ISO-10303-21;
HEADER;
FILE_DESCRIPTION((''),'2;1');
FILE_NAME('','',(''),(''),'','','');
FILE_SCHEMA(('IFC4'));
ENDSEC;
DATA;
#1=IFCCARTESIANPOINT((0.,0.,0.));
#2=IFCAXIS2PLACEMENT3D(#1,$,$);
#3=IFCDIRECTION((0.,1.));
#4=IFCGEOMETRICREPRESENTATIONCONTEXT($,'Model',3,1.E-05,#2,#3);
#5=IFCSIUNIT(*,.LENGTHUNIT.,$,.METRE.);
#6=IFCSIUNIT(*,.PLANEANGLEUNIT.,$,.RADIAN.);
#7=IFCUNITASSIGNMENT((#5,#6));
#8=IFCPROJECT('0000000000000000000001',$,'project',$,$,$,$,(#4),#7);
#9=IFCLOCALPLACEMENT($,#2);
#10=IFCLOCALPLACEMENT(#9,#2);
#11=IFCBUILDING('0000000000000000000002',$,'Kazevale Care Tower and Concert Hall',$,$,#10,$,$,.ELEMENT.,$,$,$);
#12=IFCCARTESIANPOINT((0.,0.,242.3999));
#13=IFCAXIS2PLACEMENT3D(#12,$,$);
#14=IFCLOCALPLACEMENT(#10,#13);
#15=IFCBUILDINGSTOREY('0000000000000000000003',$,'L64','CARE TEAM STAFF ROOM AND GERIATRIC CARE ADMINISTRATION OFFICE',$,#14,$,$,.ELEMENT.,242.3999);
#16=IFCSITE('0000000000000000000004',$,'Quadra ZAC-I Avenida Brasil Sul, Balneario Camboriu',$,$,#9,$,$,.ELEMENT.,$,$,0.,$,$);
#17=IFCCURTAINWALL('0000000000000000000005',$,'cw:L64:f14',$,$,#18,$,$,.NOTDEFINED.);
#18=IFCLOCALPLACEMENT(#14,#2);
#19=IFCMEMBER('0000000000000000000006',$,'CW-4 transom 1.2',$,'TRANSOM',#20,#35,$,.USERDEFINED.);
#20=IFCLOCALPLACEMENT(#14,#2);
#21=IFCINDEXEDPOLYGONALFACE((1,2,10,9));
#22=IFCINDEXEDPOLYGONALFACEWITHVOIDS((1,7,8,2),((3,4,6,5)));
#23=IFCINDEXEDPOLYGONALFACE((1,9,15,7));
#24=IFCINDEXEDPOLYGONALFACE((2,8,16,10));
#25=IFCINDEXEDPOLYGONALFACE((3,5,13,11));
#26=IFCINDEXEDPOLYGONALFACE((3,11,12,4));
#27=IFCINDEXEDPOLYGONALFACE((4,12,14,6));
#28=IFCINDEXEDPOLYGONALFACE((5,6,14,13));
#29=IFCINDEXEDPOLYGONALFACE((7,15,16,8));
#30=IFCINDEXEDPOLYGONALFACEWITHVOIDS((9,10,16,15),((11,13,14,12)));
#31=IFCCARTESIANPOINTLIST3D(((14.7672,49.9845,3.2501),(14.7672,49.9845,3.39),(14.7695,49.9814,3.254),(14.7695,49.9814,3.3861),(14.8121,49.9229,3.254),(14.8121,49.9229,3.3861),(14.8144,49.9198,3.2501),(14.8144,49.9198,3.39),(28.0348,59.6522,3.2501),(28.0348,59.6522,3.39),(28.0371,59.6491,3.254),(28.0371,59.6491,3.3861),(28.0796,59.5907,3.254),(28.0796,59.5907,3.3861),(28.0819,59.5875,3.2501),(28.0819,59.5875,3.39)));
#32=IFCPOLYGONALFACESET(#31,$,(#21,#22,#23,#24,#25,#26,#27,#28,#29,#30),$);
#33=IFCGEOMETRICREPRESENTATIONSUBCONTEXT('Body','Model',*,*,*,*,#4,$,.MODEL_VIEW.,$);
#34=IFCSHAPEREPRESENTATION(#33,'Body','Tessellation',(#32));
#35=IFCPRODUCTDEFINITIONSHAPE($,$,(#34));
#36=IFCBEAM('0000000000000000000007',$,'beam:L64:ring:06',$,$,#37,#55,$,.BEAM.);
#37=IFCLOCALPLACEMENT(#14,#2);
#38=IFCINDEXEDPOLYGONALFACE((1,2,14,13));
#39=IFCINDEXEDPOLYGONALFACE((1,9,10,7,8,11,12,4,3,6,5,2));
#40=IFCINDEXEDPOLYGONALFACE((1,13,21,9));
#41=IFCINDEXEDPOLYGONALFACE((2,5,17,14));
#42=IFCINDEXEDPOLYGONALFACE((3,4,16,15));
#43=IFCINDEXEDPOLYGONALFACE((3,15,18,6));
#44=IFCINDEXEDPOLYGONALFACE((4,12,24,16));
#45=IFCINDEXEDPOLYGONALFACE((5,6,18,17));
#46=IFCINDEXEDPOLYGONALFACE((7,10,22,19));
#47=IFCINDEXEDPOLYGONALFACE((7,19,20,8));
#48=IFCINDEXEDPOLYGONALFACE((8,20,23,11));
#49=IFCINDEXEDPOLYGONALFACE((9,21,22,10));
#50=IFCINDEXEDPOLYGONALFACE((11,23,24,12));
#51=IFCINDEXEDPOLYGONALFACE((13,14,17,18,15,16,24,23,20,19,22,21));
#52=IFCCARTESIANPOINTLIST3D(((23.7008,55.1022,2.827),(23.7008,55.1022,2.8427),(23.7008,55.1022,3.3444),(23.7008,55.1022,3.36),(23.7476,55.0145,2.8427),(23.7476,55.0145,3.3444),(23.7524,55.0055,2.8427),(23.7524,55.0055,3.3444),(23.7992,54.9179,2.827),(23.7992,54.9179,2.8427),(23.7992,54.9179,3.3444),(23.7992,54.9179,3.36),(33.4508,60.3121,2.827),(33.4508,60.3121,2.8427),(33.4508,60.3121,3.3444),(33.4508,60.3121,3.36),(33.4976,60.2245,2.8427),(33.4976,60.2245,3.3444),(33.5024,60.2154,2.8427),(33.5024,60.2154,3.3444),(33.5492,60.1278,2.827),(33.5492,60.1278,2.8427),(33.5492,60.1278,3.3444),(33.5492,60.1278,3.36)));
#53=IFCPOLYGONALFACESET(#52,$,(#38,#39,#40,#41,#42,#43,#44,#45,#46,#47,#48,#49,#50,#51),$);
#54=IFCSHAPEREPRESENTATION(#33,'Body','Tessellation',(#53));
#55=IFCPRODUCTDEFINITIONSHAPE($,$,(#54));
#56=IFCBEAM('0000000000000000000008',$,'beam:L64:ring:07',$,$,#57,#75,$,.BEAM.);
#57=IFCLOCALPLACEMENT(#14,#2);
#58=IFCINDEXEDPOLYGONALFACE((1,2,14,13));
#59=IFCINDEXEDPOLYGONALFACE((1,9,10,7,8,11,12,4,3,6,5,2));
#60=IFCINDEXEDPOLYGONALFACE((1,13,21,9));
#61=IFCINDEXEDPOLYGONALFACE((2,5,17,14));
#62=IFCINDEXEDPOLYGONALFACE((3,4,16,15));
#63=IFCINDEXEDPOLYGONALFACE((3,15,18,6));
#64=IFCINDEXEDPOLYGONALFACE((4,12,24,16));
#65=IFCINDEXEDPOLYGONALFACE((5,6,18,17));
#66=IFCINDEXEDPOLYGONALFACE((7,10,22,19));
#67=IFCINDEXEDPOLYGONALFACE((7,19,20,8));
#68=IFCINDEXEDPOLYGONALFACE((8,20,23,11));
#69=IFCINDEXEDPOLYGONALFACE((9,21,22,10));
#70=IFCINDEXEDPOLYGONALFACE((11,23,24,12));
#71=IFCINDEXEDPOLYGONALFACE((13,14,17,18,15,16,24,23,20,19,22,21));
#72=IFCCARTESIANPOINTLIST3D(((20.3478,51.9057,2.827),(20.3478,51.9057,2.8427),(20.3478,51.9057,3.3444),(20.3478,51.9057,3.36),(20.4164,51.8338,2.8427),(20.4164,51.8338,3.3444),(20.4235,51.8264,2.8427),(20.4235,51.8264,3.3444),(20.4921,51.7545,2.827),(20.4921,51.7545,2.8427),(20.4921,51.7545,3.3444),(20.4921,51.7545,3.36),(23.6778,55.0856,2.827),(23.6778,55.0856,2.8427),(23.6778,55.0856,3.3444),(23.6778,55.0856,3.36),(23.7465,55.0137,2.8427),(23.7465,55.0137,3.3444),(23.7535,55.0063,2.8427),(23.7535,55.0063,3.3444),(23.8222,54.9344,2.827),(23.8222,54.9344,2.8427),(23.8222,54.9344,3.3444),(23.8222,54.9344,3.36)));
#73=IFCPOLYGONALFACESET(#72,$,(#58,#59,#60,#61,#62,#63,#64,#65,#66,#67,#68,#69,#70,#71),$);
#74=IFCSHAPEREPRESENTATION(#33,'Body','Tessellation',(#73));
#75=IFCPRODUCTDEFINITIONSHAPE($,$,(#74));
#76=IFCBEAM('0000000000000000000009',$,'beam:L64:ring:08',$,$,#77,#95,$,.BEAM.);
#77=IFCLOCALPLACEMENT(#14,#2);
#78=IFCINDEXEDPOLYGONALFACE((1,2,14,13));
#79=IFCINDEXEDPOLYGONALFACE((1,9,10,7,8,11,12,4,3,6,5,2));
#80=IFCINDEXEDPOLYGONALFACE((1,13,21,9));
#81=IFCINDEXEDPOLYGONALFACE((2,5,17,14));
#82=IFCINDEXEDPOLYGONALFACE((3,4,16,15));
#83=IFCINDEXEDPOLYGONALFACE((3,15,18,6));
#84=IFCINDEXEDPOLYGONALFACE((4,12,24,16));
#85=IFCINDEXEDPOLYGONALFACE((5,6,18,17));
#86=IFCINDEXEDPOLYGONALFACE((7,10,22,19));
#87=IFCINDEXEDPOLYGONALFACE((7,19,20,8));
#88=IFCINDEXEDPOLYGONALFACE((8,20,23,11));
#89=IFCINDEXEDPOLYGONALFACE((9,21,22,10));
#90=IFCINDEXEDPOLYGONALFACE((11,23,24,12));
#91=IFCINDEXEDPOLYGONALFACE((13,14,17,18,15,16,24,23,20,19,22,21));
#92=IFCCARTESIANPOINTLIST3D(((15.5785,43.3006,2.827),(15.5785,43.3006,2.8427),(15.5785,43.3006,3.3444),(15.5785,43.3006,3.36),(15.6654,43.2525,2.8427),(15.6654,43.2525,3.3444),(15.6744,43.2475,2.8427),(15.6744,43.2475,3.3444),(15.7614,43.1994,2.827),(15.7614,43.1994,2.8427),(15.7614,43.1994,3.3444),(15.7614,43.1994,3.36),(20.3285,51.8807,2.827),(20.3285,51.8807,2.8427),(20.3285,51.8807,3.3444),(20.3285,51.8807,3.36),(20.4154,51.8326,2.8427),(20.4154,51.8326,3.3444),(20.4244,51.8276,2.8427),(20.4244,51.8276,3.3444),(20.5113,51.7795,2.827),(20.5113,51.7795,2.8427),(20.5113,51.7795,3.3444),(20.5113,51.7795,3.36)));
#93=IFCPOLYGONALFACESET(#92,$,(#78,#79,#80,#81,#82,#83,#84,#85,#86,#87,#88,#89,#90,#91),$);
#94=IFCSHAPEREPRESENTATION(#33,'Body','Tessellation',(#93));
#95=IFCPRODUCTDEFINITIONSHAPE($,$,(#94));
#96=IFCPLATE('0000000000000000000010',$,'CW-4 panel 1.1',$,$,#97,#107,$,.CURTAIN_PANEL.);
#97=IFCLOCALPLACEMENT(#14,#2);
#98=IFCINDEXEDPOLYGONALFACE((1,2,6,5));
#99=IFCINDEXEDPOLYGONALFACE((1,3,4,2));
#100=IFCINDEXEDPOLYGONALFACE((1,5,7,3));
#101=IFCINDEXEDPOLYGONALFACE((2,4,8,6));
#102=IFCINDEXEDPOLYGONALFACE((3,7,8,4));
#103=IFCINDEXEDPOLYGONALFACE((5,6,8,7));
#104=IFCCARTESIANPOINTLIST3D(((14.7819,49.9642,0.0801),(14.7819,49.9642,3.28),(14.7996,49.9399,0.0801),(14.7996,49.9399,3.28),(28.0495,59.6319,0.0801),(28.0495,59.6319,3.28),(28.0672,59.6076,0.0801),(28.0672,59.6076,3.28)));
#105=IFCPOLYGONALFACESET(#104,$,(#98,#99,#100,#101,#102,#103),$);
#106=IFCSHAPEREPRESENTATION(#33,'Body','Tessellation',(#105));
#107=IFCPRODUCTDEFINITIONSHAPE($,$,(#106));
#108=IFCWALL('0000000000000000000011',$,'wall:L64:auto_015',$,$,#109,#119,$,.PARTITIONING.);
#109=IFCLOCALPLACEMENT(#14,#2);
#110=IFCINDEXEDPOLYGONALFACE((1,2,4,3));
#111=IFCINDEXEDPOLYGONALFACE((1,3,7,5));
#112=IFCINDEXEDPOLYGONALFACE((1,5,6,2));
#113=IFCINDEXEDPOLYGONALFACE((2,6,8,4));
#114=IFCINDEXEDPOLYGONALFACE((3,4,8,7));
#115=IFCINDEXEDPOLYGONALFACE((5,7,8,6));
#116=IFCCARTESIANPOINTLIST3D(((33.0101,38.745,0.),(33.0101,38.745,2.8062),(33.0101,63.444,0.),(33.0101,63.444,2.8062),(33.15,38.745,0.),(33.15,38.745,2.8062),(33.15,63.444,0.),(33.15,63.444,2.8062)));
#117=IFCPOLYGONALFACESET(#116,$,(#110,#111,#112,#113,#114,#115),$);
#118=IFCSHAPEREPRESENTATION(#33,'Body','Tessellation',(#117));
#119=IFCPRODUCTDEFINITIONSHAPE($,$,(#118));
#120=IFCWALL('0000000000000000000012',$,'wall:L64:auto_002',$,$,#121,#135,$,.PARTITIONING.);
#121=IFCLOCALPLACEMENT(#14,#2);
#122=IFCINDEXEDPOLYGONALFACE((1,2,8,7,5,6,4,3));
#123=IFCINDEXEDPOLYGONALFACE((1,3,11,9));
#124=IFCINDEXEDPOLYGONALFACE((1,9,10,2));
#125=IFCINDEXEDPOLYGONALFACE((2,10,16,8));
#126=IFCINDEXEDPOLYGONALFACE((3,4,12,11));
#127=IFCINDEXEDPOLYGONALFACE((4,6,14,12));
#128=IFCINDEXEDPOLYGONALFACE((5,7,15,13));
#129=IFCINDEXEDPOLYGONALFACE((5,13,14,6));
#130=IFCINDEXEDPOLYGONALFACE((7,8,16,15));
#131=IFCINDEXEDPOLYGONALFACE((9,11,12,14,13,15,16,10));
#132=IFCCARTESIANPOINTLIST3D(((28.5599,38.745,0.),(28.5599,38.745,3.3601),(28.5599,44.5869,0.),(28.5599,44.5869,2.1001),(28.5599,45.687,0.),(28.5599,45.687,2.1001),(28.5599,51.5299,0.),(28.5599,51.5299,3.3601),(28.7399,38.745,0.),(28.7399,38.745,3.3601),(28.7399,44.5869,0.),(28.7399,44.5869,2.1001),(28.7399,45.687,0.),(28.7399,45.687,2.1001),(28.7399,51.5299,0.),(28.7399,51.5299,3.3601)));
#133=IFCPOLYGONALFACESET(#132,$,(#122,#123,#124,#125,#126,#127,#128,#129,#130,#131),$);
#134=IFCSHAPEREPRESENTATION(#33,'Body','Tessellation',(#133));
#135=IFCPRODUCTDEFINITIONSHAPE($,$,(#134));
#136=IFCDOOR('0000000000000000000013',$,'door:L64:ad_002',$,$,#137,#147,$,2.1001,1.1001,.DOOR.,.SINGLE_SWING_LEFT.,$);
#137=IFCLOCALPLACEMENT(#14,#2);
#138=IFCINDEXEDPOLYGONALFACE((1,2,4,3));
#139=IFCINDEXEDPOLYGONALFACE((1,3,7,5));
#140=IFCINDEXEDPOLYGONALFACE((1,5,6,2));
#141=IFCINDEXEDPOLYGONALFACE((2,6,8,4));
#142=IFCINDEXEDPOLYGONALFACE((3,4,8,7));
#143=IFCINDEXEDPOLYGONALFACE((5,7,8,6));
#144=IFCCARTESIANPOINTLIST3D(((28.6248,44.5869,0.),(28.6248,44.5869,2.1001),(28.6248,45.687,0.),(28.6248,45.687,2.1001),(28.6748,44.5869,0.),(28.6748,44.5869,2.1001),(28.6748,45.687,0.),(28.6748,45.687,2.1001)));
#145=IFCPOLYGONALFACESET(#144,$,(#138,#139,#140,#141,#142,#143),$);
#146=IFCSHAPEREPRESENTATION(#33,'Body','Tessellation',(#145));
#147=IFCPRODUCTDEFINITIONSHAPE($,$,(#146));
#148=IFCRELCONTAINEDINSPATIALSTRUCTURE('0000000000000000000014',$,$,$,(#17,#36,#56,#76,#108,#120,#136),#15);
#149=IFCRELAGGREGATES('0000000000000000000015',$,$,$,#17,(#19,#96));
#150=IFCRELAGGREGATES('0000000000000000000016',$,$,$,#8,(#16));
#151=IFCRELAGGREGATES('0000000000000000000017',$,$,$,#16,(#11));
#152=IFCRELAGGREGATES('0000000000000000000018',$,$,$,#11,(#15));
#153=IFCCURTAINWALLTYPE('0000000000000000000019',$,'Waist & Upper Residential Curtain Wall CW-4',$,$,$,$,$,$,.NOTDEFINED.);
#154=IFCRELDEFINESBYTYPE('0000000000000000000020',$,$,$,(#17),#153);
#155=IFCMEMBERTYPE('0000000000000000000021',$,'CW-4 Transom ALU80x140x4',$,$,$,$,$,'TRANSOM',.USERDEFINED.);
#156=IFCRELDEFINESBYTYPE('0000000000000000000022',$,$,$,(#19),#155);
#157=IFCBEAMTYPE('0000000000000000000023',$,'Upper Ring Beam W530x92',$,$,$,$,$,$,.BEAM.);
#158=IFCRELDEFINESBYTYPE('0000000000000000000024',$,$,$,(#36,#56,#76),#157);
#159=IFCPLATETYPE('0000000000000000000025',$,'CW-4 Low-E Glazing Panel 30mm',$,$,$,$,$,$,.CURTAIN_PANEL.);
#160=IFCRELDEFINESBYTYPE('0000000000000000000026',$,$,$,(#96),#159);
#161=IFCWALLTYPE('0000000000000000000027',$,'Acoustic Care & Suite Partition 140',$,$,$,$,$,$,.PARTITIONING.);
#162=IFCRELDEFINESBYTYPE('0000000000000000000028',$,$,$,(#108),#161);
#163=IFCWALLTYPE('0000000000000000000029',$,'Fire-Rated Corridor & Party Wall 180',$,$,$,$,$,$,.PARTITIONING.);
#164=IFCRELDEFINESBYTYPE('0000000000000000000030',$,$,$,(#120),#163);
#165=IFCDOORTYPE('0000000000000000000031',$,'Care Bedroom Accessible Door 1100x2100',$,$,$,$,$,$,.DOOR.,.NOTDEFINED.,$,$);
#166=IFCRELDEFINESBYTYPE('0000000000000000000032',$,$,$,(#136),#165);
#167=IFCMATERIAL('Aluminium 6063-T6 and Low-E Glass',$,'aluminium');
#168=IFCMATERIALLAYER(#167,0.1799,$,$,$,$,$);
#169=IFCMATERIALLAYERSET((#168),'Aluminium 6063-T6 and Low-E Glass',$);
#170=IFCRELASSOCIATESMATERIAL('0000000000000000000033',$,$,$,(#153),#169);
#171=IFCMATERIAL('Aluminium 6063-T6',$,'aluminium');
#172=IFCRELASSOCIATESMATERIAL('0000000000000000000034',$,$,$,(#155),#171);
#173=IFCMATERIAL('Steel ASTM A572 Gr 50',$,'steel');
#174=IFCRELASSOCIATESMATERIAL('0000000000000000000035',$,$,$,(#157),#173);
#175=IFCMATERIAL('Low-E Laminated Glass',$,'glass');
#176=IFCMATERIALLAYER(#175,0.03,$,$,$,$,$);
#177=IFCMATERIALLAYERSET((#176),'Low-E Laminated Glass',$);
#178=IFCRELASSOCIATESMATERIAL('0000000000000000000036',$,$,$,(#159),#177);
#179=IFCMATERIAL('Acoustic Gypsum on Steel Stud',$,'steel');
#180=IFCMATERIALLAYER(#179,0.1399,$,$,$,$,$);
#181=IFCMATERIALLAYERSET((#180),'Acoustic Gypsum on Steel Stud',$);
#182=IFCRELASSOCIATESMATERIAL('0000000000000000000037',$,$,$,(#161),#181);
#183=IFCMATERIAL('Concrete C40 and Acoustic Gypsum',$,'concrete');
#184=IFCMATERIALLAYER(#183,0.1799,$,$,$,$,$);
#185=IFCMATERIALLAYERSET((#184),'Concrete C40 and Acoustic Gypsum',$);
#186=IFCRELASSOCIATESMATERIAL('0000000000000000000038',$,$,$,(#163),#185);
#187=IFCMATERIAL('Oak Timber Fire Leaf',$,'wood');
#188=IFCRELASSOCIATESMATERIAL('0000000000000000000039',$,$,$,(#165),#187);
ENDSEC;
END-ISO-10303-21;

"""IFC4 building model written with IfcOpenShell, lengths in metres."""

from ifc_helpers import new_model, si_unit, direction, frame, frame_2d, origin, origin_2d, place, context, subcontext, project, spatial, rectangle, hollow_rectangle, i_section, extrude, material, layer, layer_set, material_profile, profile_set, type_object, element, fill, aggregate, save


model = new_model("IFC4")

# Units and contexts
model_context = context("Model", 3, precision=1e-05, world=origin(), true_north=direction((0.0, 1.0)))
body_context = subcontext(model_context, "Body", "Model", "MODEL_VIEW")
ifc_project = project(units=[si_unit("LENGTHUNIT", "METRE"), si_unit("PLANEANGLEUNIT", "RADIAN")], contexts=[model_context])

# Site, building, storey
site_placement = place(None, origin())
site = spatial("IfcSite", under=ifc_project, at=site_placement, Name="Quadra ZAC-I Avenida Brasil Sul, Balneario Camboriu", CompositionType="ELEMENT", RefElevation=0.0)
building_placement = place(site_placement, origin())
building = spatial("IfcBuilding", under=site, at=building_placement, Name="Kazevale Care Tower and Concert Hall", CompositionType="ELEMENT")
storey_placement = place(building_placement, frame((0.0, 0.0, 242.3999)))
storey = spatial("IfcBuildingStorey", under=building, at=storey_placement, Name="L64", Description="CARE TEAM STAFF ROOM AND GERIATRIC CARE ADMINISTRATION OFFICE", CompositionType="ELEMENT", Elevation=242.3999)

# Curtain wall, member
ifc_material_1 = material(Name="Aluminium 6063-T6 and Low-E Glass", Category="aluminium")
ifc_layer_1 = layer(ifc_material_1, 0.1799)
ifc_layer_set_1 = layer_set([ifc_layer_1], Name="Aluminium 6063-T6 and Low-E Glass")
curtain_wall_type = type_object("IfcCurtainWallType", Name="Waist & Upper Residential Curtain Wall CW-4", PredefinedType="NOTDEFINED", material=ifc_layer_set_1)
curtain_wall_placement = place(storey_placement, origin())
curtain_wall = element("IfcCurtainWall", 1, at=curtain_wall_placement, inside=storey, type_object=curtain_wall_type, Name="cw:L64:f14", PredefinedType="NOTDEFINED")
ifc_material_2 = material(Name="Aluminium 6063-T6", Category="aluminium")
ifc_material_profile_1 = material_profile(ifc_material_2, hollow_rectangle(XDim=0.0801, YDim=0.1399, WallThickness=0.0039, at=origin_2d()), Name="ALU80x140x4")
ifc_profile_set_1 = profile_set([ifc_material_profile_1], Name="Aluminium 6063-T6")
member_type_1 = type_object("IfcMemberType", Name="CW-4 Transom ALU80x140x4", ElementType="TRANSOM", PredefinedType="USERDEFINED", material=ifc_profile_set_1)
member_1_placement = place(storey_placement, frame((14.7908, 49.9521, 3.3201), z_axis=(0.808197, 0.588912, 0.0), x_axis=(-0.588912, 0.808197, 0.0)))
member_1 = element("IfcMember", 2, at=member_1_placement, type_object=member_type_1, Name="CW-4 transom 1.2", ObjectType="TRANSOM", PredefinedType="USERDEFINED", context=body_context, shape_type="SweptSolid", body=[
    extrude(hollow_rectangle(XDim=0.0801, YDim=0.1399, WallThickness=0.0039, at=origin_2d()), origin(), (0.0, 0.0, 1.0), 16.4163),
])

# Beams
ifc_material_3 = material(Name="Steel ASTM A572 Gr 50", Category="steel")
ifc_material_profile_2 = material_profile(ifc_material_3, i_section(OverallWidth=0.209, OverallDepth=0.533, WebThickness=0.0103, FlangeThickness=0.0156, at=origin_2d()), Name="W530x92")
ifc_profile_set_2 = profile_set([ifc_material_profile_2], Name="Steel ASTM A572 Gr 50")
beam_type = type_object("IfcBeamType", Name="Upper Ring Beam W530x92", PredefinedType="BEAM", material=ifc_profile_set_2)
beam_1_placement = place(storey_placement, frame((33.5, 60.22, 3.0935), z_axis=(-0.881979, -0.47129, 0.0), x_axis=(0.47129, -0.881979, 0.0)))
element("IfcBeam", 3, at=beam_1_placement, inside=storey, type_object=beam_type, Name="beam:L64:ring:06", PredefinedType="BEAM", context=body_context, shape_type="SweptSolid", body=[
    extrude(i_section(OverallWidth=0.209, OverallDepth=0.533, WebThickness=0.0103, FlangeThickness=0.0156, at=origin_2d()), origin(), (0.0, 0.0, 1.0), 11.0547),
])
beam_2_placement = place(storey_placement, frame((23.75, 55.01, 3.0935), z_axis=(-0.723223, -0.690614, 0.0), x_axis=(0.690614, -0.723223, 0.0)))
element("IfcBeam", 4, at=beam_2_placement, inside=storey, type_object=beam_type, Name="beam:L64:ring:07", PredefinedType="BEAM", context=body_context, shape_type="SweptSolid", body=[
    extrude(i_section(OverallWidth=0.209, OverallDepth=0.533, WebThickness=0.0103, FlangeThickness=0.0156, at=origin_2d()), origin(), (0.0, 0.0, 1.0), 4.6045),
])
beam_3_placement = place(storey_placement, frame((20.4199, 51.8301, 3.0935), z_axis=(-0.48434, -0.87488, 0.0), x_axis=(0.87488, -0.48434, 0.0)))
element("IfcBeam", 5, at=beam_3_placement, inside=storey, type_object=beam_type, Name="beam:L64:ring:08", PredefinedType="BEAM", context=body_context, shape_type="SweptSolid", body=[
    extrude(i_section(OverallWidth=0.209, OverallDepth=0.533, WebThickness=0.0103, FlangeThickness=0.0156, at=origin_2d()), origin(), (0.0, 0.0, 1.0), 9.8071),
])

# Plate
ifc_material_4 = material(Name="Low-E Laminated Glass", Category="glass")
ifc_layer_2 = layer(ifc_material_4, 0.03)
ifc_layer_set_2 = layer_set([ifc_layer_2], Name="Low-E Laminated Glass")
plate_type = type_object("IfcPlateType", Name="CW-4 Low-E Glazing Panel 30mm", PredefinedType="CURTAIN_PANEL", material=ifc_layer_set_2)
plate_placement = place(storey_placement, frame((21.4246, 54.7859, 0.0801), z_axis=(0.0, 0.0, 1.0), x_axis=(0.808198, 0.58891, 0.0)))
plate = element("IfcPlate", 6, at=plate_placement, type_object=plate_type, Name="CW-4 panel 1.1", PredefinedType="CURTAIN_PANEL", context=body_context, shape_type="SweptSolid", body=[
    extrude(rectangle(XDim=16.4163, YDim=0.03, at=origin_2d()), origin(), (0.0, 0.0, 1.0), 3.2),
])
aggregate(curtain_wall, [member_1, plate])

# Wall
ifc_material_5 = material(Name="Acoustic Gypsum on Steel Stud", Category="steel")
ifc_layer_3 = layer(ifc_material_5, 0.1399)
ifc_layer_set_3 = layer_set([ifc_layer_3], Name="Acoustic Gypsum on Steel Stud")
wall_type_1 = type_object("IfcWallType", Name="Acoustic Care & Suite Partition 140", PredefinedType="PARTITIONING", material=ifc_layer_set_3)
wall_1_placement = place(storey_placement, frame((33.0801, 63.4441, 0.0), z_axis=(0.0, 0.0, 1.0), x_axis=(0.0, -1.0, 0.0)))
element("IfcWall", 7, at=wall_1_placement, inside=storey, type_object=wall_type_1, Name="wall:L64:auto_015", PredefinedType="PARTITIONING", context=body_context, shape_type="SweptSolid", body=[
    extrude(rectangle(XDim=24.699, YDim=0.1399, at=frame_2d((12.3496, 0.0))), origin(), (0.0, 0.0, 1.0), 2.8062),
])

# Wall, opening, door
ifc_material_6 = material(Name="Concrete C40 and Acoustic Gypsum", Category="concrete")
ifc_layer_4 = layer(ifc_material_6, 0.1799)
ifc_layer_set_4 = layer_set([ifc_layer_4], Name="Concrete C40 and Acoustic Gypsum")
wall_type_2 = type_object("IfcWallType", Name="Fire-Rated Corridor & Party Wall 180", PredefinedType="PARTITIONING", material=ifc_layer_set_4)
wall_2_placement = place(storey_placement, frame((28.6499, 51.53, 0.0), z_axis=(0.0, 0.0, 1.0), x_axis=(0.0, -1.0, 0.0)))
wall_2 = element("IfcWall", 8, at=wall_2_placement, inside=storey, type_object=wall_type_2, Name="wall:L64:auto_002", PredefinedType="PARTITIONING", context=body_context, shape_type="SweptSolid", body=[
    extrude(rectangle(XDim=12.7849, YDim=0.1799, at=frame_2d((6.3926, 0.0))), origin(), (0.0, 0.0, 1.0), 3.3601),
])
opening_1_placement = place(wall_2_placement, frame((5.843, 0.0, 0.0)))
opening_1 = element("IfcOpeningElement", 9, at=opening_1_placement, cuts=wall_2, PredefinedType="OPENING", context=body_context, shape_type="SweptSolid", body=[
    extrude(rectangle(XDim=1.1001, YDim=2.1001, at=frame_2d((0.55, 1.05))), frame((0.0, 0.0999, 0.0), z_axis=(0.0, -1.0, 0.0), x_axis=(1.0, 0.0, 0.0)), (0.0, 0.0, 1.0), 0.2),
])
ifc_material_7 = material(Name="Oak Timber Fire Leaf", Category="wood")
door_type = type_object("IfcDoorType", Name="Care Bedroom Accessible Door 1100x2100", OperationType="NOTDEFINED", PredefinedType="DOOR", material=ifc_material_7)
door_placement = place(opening_1_placement, origin())
door = element("IfcDoor", 10, at=door_placement, inside=storey, type_object=door_type, Name="door:L64:ad_002", OperationType="SINGLE_SWING_LEFT", OverallHeight=2.1001, OverallWidth=1.1001, PredefinedType="DOOR", context=body_context, shape_type="SweptSolid", body=[
    extrude(rectangle(XDim=1.1001, YDim=2.1001, at=frame_2d((0.55, 1.05))), frame((0.0, 0.0249, 0.0), z_axis=(0.0, -1.0, 0.0), x_axis=(1.0, 0.0, 0.0)), (0.0, 0.0, 1.0), 0.05),
])
fill(opening_1, door)

save(model, "model.ifc")
